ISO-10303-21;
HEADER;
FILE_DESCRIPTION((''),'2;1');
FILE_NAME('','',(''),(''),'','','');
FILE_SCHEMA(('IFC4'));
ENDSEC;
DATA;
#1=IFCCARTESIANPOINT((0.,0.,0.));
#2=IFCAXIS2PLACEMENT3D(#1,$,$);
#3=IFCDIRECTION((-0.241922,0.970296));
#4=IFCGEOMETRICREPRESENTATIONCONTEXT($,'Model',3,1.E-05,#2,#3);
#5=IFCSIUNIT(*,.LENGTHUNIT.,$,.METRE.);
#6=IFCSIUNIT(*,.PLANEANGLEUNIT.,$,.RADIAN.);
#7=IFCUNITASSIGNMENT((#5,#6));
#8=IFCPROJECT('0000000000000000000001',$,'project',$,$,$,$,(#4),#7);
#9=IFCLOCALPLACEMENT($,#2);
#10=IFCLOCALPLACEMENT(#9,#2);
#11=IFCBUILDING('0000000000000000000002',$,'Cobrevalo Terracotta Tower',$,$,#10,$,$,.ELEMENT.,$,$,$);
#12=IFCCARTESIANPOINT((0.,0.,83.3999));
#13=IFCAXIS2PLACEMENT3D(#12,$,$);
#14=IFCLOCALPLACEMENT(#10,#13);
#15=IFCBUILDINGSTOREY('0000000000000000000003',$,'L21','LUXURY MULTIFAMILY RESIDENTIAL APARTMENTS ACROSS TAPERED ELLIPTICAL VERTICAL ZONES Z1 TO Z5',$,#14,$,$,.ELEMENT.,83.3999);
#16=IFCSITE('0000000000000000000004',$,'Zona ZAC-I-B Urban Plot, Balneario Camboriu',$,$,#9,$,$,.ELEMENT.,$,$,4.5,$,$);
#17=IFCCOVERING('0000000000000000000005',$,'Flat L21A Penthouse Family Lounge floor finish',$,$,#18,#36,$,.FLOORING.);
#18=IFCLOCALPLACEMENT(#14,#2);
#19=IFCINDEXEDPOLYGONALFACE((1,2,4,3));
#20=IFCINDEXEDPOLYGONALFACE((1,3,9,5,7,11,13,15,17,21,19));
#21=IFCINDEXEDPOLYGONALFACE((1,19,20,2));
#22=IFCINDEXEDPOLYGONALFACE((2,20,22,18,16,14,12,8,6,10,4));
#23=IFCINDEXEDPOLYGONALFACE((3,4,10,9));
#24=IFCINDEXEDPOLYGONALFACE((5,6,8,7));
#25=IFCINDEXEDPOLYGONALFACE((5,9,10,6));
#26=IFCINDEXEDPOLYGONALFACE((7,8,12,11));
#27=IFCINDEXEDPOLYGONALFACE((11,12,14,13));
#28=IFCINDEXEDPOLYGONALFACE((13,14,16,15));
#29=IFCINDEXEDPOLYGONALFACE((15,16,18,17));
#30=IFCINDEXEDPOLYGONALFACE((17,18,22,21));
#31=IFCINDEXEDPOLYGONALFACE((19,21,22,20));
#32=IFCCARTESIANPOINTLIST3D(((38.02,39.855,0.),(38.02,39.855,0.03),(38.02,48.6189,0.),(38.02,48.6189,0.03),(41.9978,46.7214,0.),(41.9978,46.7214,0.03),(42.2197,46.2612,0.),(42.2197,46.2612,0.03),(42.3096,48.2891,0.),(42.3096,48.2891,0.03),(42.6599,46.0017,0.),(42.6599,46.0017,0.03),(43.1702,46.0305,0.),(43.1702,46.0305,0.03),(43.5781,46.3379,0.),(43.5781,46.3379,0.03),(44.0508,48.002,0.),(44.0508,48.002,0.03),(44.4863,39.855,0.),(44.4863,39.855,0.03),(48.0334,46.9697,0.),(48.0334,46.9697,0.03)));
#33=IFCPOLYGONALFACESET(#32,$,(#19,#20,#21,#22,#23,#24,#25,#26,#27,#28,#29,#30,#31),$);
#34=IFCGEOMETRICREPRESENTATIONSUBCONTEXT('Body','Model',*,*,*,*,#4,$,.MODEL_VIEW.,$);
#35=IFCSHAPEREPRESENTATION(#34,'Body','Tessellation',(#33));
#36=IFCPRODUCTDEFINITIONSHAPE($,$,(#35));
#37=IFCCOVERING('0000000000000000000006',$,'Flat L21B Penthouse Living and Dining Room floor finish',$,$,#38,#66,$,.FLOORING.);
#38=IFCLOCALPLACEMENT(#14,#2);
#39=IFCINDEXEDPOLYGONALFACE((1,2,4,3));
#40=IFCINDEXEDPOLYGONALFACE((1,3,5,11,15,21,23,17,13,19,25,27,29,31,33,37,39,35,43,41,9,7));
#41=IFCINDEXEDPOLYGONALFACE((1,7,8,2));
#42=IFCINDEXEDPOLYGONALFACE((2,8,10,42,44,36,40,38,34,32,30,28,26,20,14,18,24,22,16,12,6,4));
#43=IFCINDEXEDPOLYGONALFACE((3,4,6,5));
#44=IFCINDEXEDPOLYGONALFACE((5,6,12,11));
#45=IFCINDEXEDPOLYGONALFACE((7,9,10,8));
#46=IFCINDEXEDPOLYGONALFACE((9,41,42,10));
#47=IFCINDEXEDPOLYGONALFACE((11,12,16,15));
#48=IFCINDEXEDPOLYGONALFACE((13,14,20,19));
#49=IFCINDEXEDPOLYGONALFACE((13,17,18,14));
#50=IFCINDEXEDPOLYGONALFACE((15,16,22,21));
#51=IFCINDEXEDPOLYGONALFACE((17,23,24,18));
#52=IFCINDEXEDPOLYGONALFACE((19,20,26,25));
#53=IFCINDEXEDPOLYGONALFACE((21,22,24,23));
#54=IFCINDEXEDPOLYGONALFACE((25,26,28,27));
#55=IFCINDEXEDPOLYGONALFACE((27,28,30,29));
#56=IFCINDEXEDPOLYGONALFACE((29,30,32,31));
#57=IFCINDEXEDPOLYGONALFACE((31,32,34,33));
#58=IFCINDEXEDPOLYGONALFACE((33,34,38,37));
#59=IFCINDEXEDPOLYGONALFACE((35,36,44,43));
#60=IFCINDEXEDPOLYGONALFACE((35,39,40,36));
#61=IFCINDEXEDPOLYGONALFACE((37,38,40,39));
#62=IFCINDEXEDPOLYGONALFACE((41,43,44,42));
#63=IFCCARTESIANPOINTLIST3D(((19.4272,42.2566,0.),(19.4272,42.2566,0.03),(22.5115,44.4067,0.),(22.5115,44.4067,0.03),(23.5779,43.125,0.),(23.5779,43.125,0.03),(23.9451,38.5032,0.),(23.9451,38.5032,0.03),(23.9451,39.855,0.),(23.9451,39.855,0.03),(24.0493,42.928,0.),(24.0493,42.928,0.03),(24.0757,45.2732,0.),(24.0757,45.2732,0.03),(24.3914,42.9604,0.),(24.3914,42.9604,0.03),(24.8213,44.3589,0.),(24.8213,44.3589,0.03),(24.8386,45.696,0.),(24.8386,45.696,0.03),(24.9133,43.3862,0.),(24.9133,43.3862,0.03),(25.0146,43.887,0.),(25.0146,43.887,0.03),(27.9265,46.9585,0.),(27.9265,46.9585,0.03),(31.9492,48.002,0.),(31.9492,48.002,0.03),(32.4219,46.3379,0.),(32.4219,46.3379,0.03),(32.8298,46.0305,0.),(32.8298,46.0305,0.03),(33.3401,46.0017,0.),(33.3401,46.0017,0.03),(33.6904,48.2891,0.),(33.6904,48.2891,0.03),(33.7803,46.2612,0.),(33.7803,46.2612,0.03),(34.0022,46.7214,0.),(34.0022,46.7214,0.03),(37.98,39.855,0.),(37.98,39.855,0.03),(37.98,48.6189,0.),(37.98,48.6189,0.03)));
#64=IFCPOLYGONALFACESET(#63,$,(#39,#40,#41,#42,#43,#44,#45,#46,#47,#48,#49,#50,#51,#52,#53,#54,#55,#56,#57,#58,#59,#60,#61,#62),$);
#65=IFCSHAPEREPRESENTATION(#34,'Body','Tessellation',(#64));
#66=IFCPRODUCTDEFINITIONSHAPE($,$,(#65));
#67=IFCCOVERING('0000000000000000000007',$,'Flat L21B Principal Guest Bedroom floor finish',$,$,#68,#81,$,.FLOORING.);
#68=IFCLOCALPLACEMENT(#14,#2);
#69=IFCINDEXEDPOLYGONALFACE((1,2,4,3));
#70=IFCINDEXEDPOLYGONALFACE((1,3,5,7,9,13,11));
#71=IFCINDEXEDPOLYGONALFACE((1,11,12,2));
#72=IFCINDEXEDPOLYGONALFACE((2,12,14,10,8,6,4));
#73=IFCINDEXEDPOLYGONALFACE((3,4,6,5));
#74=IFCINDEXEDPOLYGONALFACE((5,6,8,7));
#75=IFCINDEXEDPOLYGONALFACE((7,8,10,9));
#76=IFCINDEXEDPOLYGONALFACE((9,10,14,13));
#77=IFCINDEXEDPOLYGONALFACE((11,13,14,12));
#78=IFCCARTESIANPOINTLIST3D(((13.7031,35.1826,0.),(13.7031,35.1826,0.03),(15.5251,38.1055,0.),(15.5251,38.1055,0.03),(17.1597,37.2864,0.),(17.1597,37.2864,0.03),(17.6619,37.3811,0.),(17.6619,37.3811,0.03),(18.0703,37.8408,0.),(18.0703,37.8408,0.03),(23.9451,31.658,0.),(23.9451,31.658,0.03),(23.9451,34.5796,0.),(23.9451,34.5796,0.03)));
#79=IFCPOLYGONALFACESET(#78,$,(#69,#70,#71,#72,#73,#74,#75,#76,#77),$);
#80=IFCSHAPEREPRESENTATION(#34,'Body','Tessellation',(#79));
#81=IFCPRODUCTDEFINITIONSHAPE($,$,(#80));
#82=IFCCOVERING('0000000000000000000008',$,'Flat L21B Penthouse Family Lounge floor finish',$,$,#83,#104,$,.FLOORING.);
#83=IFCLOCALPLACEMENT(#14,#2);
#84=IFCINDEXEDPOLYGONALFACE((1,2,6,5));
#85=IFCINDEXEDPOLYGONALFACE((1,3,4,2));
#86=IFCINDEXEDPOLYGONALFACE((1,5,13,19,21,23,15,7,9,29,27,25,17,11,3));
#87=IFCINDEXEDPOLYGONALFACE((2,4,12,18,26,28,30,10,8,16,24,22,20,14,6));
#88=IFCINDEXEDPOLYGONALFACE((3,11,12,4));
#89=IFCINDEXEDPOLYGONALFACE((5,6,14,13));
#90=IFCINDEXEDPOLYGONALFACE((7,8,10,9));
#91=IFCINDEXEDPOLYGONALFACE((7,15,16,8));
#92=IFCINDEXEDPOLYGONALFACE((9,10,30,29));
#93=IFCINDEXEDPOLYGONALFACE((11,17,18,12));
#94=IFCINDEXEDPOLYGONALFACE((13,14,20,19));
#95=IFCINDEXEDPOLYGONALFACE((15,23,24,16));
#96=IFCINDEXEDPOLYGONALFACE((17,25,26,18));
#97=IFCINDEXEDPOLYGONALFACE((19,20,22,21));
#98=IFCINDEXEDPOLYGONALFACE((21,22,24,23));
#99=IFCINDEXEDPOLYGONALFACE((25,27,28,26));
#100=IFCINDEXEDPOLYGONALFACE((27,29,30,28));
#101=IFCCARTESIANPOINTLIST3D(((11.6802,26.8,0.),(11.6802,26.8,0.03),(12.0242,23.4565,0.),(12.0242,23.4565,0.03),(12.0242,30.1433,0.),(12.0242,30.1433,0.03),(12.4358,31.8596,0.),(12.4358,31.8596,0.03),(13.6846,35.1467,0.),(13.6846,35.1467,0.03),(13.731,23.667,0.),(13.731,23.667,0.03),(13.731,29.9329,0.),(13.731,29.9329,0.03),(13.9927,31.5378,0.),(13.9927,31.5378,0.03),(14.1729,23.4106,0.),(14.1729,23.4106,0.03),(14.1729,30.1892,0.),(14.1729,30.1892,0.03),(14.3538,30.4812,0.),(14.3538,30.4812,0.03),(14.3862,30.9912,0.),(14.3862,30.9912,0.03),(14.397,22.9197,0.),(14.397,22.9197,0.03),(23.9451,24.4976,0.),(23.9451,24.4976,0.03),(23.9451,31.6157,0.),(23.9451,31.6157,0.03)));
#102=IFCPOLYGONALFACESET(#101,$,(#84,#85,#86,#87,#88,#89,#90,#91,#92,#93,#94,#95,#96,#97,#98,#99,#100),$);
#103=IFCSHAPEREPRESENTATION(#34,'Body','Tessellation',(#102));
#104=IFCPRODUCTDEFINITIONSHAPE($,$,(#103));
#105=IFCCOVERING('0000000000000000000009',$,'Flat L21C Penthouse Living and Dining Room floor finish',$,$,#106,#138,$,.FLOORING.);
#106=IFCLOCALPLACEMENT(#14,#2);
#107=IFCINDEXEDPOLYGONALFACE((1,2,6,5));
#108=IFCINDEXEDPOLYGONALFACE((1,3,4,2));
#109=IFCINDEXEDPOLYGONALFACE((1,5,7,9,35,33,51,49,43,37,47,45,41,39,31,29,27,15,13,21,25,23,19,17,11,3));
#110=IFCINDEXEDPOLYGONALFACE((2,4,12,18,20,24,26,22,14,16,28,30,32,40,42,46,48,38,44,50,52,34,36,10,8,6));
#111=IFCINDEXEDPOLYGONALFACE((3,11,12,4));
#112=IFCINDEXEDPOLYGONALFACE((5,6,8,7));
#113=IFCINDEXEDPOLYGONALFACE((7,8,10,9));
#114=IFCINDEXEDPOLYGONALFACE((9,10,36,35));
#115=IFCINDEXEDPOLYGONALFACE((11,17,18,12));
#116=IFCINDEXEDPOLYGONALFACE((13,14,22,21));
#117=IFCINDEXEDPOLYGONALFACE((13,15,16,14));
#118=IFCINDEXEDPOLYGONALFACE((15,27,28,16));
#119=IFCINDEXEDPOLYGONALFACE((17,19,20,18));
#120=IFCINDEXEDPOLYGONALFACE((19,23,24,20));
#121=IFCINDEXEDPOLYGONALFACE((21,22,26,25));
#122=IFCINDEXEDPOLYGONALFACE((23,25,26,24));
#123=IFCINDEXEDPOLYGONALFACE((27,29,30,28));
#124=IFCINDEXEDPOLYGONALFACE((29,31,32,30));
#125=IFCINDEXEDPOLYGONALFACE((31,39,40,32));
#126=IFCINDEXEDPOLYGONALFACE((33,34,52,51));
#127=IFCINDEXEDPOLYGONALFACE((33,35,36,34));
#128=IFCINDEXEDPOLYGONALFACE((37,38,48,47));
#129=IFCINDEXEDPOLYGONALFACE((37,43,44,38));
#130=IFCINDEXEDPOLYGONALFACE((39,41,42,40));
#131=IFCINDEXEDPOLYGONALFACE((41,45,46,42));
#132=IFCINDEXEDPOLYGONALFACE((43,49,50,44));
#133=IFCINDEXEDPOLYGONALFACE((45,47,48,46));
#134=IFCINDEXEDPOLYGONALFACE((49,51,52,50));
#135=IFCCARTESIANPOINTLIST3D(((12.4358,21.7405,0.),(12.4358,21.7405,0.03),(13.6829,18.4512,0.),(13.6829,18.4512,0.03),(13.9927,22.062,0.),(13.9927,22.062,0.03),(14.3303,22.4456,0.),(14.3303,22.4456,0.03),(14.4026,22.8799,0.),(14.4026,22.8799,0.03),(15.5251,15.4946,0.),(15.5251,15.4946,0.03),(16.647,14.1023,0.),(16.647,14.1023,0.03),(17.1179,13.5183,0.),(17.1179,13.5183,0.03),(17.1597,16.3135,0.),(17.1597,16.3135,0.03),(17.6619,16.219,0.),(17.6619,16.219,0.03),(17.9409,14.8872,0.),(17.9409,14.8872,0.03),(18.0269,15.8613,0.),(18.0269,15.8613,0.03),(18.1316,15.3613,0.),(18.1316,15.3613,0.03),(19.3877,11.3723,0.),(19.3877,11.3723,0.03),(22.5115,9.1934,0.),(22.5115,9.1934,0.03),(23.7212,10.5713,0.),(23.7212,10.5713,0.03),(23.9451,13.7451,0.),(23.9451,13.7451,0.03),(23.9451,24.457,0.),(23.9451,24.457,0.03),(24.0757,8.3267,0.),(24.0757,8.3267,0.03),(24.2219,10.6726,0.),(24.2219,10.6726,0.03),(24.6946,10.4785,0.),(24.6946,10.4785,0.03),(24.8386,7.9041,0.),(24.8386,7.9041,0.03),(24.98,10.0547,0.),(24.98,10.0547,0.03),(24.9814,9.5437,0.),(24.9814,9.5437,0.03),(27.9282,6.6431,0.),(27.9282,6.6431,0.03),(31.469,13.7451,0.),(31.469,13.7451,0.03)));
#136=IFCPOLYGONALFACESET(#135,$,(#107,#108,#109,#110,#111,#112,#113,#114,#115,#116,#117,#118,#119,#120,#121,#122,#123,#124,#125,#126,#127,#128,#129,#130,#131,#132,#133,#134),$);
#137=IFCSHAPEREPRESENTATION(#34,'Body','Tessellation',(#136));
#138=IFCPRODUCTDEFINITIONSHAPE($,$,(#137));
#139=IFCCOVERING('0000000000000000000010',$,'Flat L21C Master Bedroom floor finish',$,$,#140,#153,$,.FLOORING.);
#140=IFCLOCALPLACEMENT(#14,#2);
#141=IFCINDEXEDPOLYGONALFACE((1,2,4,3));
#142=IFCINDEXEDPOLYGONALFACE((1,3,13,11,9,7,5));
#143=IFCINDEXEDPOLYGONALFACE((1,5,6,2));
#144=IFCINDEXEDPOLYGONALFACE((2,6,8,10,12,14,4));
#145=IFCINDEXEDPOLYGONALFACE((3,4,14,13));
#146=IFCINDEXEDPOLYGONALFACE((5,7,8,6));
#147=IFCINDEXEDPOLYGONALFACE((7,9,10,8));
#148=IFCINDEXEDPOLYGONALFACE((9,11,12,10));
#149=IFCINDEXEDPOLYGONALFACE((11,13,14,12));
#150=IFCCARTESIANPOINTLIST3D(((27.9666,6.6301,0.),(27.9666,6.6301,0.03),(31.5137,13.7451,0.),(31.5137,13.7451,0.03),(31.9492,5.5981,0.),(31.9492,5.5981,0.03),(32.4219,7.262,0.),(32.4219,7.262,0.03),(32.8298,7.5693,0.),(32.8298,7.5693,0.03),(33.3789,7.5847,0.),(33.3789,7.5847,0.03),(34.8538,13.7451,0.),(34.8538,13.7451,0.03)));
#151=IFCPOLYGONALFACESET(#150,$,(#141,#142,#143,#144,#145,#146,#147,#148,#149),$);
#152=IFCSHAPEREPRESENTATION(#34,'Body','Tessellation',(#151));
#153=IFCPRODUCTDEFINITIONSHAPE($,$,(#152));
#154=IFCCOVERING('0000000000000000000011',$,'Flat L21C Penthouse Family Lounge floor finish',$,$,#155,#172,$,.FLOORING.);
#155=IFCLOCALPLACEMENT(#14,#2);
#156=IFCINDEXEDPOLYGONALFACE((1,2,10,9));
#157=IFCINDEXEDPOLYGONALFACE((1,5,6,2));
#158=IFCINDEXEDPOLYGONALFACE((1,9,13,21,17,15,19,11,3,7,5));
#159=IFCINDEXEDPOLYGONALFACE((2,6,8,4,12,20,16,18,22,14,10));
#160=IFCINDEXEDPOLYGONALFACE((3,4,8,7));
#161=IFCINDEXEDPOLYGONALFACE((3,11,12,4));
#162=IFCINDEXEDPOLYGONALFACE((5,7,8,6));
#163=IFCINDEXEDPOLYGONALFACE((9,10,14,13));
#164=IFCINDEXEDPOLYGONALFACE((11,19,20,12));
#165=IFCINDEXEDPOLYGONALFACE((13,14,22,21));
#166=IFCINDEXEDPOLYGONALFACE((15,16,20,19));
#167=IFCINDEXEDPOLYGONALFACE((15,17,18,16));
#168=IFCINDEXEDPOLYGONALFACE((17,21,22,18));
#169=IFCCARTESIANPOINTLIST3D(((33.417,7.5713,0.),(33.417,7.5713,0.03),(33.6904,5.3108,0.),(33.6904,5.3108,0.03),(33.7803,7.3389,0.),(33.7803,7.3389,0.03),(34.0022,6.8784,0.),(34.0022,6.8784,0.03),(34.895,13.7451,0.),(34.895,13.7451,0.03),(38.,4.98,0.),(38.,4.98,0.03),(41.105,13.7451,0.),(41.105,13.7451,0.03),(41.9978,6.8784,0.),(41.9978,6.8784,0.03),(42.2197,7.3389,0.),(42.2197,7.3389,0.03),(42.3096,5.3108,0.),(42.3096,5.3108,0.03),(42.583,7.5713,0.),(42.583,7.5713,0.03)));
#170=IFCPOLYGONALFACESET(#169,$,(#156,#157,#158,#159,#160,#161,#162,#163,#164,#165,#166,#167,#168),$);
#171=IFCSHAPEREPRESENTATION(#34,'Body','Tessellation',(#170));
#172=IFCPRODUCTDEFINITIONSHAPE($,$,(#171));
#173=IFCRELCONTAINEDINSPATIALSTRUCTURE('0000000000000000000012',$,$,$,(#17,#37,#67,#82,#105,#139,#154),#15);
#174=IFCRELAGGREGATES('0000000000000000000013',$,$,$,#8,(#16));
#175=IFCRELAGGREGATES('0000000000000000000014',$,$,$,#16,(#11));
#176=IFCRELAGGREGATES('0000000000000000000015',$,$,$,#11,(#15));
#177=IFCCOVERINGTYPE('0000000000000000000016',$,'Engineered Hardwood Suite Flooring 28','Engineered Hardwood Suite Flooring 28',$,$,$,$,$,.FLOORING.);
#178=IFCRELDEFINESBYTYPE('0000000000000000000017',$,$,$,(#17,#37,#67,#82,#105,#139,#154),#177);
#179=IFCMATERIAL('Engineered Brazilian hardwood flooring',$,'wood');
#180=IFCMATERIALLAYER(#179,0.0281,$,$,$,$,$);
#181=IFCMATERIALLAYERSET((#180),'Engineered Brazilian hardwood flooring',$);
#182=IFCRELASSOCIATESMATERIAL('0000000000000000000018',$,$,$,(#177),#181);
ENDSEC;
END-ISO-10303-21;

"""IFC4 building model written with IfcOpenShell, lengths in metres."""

from ifc_helpers import new_model, si_unit, direction, frame, origin, place, context, subcontext, project, spatial, polyline, outline, extrude, material, layer, layer_set, type_object, element, save


model = new_model("IFC4")

# Units and contexts
model_context = context("Model", 3, precision=1e-05, world=origin(), true_north=direction((-0.241922, 0.970296)))
body_context = subcontext(model_context, "Body", "Model", "MODEL_VIEW")
ifc_project = project(units=[si_unit("LENGTHUNIT", "METRE"), si_unit("PLANEANGLEUNIT", "RADIAN")], contexts=[model_context])

# Site, building, storey
site_placement = place(None, origin())
site = spatial("IfcSite", under=ifc_project, at=site_placement, Name="Zona ZAC-I-B Urban Plot, Balneario Camboriu", CompositionType="ELEMENT", RefElevation=4.5)
building_placement = place(site_placement, origin())
building = spatial("IfcBuilding", under=site, at=building_placement, Name="Cobrevalo Terracotta Tower", CompositionType="ELEMENT")
storey_placement = place(building_placement, frame((0.0, 0.0, 83.3999)))
storey = spatial("IfcBuildingStorey", under=building, at=storey_placement, Name="L21", Description="LUXURY MULTIFAMILY RESIDENTIAL APARTMENTS ACROSS TAPERED ELLIPTICAL VERTICAL ZONES Z1 TO Z5", CompositionType="ELEMENT", Elevation=83.3999)

# Coverings
ifc_material_1 = material(Name="Engineered Brazilian hardwood flooring", Category="wood")
ifc_layer_1 = layer(ifc_material_1, 0.0281)
ifc_layer_set_1 = layer_set([ifc_layer_1], Name="Engineered Brazilian hardwood flooring")
covering_type_1 = type_object("IfcCoveringType", Name="Engineered Hardwood Suite Flooring 28", Description="Engineered Hardwood Suite Flooring 28", PredefinedType="FLOORING", material=ifc_layer_set_1)
covering_1_placement = place(storey_placement, origin())
element("IfcCovering", 1, at=covering_1_placement, inside=storey, type_object=covering_type_1, Name="Flat L21A Penthouse Family Lounge floor finish", PredefinedType="FLOORING", context=body_context, shape_type="SweptSolid", body=[
    extrude(outline(polyline([(44.4863, 39.855), (38.02, 39.855), (38.02, 48.6189), (42.3096, 48.2891), (41.9978, 46.7214), (42.2197, 46.2612), (42.6599, 46.0017), (43.1702, 46.0305), (43.5781, 46.3379), (44.0508, 48.002), (48.0334, 46.9697), (44.4863, 39.855)])), origin(), (0.0, 0.0, 1.0), 0.03),
])
covering_2_placement = place(storey_placement, origin())
element("IfcCovering", 2, at=covering_2_placement, inside=storey, type_object=covering_type_1, Name="Flat L21B Penthouse Living and Dining Room floor finish", PredefinedType="FLOORING", context=body_context, shape_type="SweptSolid", body=[
    extrude(outline(polyline([(22.5115, 44.4067), (23.5779, 43.125), (24.0493, 42.928), (24.3914, 42.9604), (24.9133, 43.3862), (25.0146, 43.887), (24.8213, 44.3589), (24.0757, 45.2732), (24.8386, 45.696), (27.9265, 46.9585), (31.9492, 48.002), (32.4219, 46.3379), (32.8298, 46.0305), (33.3401, 46.0017), (33.7803, 46.2612), (34.0022, 46.7214), (33.6904, 48.2891), (37.98, 48.6189), (37.98, 39.855), (23.9451, 39.855), (23.9451, 38.5032), (19.4272, 42.2566), (22.5115, 44.4067)])), origin(), (0.0, 0.0, 1.0), 0.03),
])
covering_3_placement = place(storey_placement, origin())
element("IfcCovering", 3, at=covering_3_placement, inside=storey, type_object=covering_type_1, Name="Flat L21B Principal Guest Bedroom floor finish", PredefinedType="FLOORING", context=body_context, shape_type="SweptSolid", body=[
    extrude(outline(polyline([(15.5251, 38.1055), (17.1597, 37.2864), (17.6619, 37.3811), (18.0703, 37.8408), (23.9451, 34.5796), (23.9451, 31.658), (13.7031, 35.1826), (15.5251, 38.1055)])), origin(), (0.0, 0.0, 1.0), 0.03),
])
covering_4_placement = place(storey_placement, origin())
element("IfcCovering", 4, at=covering_4_placement, inside=storey, type_object=covering_type_1, Name="Flat L21B Penthouse Family Lounge floor finish", PredefinedType="FLOORING", context=body_context, shape_type="SweptSolid", body=[
    extrude(outline(polyline([(12.0242, 30.1433), (13.731, 29.9329), (14.1729, 30.1892), (14.3538, 30.4812), (14.3862, 30.9912), (13.9927, 31.5378), (12.4358, 31.8596), (13.6846, 35.1467), (23.9451, 31.6157), (23.9451, 24.4976), (14.397, 22.9197), (14.1729, 23.4106), (13.731, 23.667), (12.0242, 23.4565), (11.6802, 26.8), (12.0242, 30.1433)])), origin(), (0.0, 0.0, 1.0), 0.03),
])
covering_5_placement = place(storey_placement, origin())
element("IfcCovering", 5, at=covering_5_placement, inside=storey, type_object=covering_type_1, Name="Flat L21C Penthouse Living and Dining Room floor finish", PredefinedType="FLOORING", context=body_context, shape_type="SweptSolid", body=[
    extrude(outline(polyline([(24.8386, 7.9041), (24.0757, 8.3267), (24.9814, 9.5437), (24.98, 10.0547), (24.6946, 10.4785), (24.2219, 10.6726), (23.7212, 10.5713), (22.5115, 9.1934), (19.3877, 11.3723), (17.1179, 13.5183), (16.647, 14.1023), (17.9409, 14.8872), (18.1316, 15.3613), (18.0269, 15.8613), (17.6619, 16.219), (17.1597, 16.3135), (15.5251, 15.4946), (13.6829, 18.4512), (12.4358, 21.7405), (13.9927, 22.062), (14.3303, 22.4456), (14.4026, 22.8799), (23.9451, 24.457), (23.9451, 13.7451), (31.469, 13.7451), (27.9282, 6.6431), (24.8386, 7.9041)])), origin(), (0.0, 0.0, 1.0), 0.03),
])
covering_6_placement = place(storey_placement, origin())
element("IfcCovering", 6, at=covering_6_placement, inside=storey, type_object=covering_type_1, Name="Flat L21C Master Bedroom floor finish", PredefinedType="FLOORING", context=body_context, shape_type="SweptSolid", body=[
    extrude(outline(polyline([(27.9666, 6.6301), (31.5137, 13.7451), (34.8538, 13.7451), (33.3789, 7.5847), (32.8298, 7.5693), (32.4219, 7.262), (31.9492, 5.5981), (27.9666, 6.6301)])), origin(), (0.0, 0.0, 1.0), 0.03),
])
covering_7_placement = place(storey_placement, origin())
element("IfcCovering", 7, at=covering_7_placement, inside=storey, type_object=covering_type_1, Name="Flat L21C Penthouse Family Lounge floor finish", PredefinedType="FLOORING", context=body_context, shape_type="SweptSolid", body=[
    extrude(outline(polyline([(33.6904, 5.3108), (34.0022, 6.8784), (33.7803, 7.3389), (33.417, 7.5713), (34.895, 13.7451), (41.105, 13.7451), (42.583, 7.5713), (42.2197, 7.3389), (41.9978, 6.8784), (42.3096, 5.3108), (38.0, 4.98), (33.6904, 5.3108)])), origin(), (0.0, 0.0, 1.0), 0.03),
])

save(model, "model.ifc")
